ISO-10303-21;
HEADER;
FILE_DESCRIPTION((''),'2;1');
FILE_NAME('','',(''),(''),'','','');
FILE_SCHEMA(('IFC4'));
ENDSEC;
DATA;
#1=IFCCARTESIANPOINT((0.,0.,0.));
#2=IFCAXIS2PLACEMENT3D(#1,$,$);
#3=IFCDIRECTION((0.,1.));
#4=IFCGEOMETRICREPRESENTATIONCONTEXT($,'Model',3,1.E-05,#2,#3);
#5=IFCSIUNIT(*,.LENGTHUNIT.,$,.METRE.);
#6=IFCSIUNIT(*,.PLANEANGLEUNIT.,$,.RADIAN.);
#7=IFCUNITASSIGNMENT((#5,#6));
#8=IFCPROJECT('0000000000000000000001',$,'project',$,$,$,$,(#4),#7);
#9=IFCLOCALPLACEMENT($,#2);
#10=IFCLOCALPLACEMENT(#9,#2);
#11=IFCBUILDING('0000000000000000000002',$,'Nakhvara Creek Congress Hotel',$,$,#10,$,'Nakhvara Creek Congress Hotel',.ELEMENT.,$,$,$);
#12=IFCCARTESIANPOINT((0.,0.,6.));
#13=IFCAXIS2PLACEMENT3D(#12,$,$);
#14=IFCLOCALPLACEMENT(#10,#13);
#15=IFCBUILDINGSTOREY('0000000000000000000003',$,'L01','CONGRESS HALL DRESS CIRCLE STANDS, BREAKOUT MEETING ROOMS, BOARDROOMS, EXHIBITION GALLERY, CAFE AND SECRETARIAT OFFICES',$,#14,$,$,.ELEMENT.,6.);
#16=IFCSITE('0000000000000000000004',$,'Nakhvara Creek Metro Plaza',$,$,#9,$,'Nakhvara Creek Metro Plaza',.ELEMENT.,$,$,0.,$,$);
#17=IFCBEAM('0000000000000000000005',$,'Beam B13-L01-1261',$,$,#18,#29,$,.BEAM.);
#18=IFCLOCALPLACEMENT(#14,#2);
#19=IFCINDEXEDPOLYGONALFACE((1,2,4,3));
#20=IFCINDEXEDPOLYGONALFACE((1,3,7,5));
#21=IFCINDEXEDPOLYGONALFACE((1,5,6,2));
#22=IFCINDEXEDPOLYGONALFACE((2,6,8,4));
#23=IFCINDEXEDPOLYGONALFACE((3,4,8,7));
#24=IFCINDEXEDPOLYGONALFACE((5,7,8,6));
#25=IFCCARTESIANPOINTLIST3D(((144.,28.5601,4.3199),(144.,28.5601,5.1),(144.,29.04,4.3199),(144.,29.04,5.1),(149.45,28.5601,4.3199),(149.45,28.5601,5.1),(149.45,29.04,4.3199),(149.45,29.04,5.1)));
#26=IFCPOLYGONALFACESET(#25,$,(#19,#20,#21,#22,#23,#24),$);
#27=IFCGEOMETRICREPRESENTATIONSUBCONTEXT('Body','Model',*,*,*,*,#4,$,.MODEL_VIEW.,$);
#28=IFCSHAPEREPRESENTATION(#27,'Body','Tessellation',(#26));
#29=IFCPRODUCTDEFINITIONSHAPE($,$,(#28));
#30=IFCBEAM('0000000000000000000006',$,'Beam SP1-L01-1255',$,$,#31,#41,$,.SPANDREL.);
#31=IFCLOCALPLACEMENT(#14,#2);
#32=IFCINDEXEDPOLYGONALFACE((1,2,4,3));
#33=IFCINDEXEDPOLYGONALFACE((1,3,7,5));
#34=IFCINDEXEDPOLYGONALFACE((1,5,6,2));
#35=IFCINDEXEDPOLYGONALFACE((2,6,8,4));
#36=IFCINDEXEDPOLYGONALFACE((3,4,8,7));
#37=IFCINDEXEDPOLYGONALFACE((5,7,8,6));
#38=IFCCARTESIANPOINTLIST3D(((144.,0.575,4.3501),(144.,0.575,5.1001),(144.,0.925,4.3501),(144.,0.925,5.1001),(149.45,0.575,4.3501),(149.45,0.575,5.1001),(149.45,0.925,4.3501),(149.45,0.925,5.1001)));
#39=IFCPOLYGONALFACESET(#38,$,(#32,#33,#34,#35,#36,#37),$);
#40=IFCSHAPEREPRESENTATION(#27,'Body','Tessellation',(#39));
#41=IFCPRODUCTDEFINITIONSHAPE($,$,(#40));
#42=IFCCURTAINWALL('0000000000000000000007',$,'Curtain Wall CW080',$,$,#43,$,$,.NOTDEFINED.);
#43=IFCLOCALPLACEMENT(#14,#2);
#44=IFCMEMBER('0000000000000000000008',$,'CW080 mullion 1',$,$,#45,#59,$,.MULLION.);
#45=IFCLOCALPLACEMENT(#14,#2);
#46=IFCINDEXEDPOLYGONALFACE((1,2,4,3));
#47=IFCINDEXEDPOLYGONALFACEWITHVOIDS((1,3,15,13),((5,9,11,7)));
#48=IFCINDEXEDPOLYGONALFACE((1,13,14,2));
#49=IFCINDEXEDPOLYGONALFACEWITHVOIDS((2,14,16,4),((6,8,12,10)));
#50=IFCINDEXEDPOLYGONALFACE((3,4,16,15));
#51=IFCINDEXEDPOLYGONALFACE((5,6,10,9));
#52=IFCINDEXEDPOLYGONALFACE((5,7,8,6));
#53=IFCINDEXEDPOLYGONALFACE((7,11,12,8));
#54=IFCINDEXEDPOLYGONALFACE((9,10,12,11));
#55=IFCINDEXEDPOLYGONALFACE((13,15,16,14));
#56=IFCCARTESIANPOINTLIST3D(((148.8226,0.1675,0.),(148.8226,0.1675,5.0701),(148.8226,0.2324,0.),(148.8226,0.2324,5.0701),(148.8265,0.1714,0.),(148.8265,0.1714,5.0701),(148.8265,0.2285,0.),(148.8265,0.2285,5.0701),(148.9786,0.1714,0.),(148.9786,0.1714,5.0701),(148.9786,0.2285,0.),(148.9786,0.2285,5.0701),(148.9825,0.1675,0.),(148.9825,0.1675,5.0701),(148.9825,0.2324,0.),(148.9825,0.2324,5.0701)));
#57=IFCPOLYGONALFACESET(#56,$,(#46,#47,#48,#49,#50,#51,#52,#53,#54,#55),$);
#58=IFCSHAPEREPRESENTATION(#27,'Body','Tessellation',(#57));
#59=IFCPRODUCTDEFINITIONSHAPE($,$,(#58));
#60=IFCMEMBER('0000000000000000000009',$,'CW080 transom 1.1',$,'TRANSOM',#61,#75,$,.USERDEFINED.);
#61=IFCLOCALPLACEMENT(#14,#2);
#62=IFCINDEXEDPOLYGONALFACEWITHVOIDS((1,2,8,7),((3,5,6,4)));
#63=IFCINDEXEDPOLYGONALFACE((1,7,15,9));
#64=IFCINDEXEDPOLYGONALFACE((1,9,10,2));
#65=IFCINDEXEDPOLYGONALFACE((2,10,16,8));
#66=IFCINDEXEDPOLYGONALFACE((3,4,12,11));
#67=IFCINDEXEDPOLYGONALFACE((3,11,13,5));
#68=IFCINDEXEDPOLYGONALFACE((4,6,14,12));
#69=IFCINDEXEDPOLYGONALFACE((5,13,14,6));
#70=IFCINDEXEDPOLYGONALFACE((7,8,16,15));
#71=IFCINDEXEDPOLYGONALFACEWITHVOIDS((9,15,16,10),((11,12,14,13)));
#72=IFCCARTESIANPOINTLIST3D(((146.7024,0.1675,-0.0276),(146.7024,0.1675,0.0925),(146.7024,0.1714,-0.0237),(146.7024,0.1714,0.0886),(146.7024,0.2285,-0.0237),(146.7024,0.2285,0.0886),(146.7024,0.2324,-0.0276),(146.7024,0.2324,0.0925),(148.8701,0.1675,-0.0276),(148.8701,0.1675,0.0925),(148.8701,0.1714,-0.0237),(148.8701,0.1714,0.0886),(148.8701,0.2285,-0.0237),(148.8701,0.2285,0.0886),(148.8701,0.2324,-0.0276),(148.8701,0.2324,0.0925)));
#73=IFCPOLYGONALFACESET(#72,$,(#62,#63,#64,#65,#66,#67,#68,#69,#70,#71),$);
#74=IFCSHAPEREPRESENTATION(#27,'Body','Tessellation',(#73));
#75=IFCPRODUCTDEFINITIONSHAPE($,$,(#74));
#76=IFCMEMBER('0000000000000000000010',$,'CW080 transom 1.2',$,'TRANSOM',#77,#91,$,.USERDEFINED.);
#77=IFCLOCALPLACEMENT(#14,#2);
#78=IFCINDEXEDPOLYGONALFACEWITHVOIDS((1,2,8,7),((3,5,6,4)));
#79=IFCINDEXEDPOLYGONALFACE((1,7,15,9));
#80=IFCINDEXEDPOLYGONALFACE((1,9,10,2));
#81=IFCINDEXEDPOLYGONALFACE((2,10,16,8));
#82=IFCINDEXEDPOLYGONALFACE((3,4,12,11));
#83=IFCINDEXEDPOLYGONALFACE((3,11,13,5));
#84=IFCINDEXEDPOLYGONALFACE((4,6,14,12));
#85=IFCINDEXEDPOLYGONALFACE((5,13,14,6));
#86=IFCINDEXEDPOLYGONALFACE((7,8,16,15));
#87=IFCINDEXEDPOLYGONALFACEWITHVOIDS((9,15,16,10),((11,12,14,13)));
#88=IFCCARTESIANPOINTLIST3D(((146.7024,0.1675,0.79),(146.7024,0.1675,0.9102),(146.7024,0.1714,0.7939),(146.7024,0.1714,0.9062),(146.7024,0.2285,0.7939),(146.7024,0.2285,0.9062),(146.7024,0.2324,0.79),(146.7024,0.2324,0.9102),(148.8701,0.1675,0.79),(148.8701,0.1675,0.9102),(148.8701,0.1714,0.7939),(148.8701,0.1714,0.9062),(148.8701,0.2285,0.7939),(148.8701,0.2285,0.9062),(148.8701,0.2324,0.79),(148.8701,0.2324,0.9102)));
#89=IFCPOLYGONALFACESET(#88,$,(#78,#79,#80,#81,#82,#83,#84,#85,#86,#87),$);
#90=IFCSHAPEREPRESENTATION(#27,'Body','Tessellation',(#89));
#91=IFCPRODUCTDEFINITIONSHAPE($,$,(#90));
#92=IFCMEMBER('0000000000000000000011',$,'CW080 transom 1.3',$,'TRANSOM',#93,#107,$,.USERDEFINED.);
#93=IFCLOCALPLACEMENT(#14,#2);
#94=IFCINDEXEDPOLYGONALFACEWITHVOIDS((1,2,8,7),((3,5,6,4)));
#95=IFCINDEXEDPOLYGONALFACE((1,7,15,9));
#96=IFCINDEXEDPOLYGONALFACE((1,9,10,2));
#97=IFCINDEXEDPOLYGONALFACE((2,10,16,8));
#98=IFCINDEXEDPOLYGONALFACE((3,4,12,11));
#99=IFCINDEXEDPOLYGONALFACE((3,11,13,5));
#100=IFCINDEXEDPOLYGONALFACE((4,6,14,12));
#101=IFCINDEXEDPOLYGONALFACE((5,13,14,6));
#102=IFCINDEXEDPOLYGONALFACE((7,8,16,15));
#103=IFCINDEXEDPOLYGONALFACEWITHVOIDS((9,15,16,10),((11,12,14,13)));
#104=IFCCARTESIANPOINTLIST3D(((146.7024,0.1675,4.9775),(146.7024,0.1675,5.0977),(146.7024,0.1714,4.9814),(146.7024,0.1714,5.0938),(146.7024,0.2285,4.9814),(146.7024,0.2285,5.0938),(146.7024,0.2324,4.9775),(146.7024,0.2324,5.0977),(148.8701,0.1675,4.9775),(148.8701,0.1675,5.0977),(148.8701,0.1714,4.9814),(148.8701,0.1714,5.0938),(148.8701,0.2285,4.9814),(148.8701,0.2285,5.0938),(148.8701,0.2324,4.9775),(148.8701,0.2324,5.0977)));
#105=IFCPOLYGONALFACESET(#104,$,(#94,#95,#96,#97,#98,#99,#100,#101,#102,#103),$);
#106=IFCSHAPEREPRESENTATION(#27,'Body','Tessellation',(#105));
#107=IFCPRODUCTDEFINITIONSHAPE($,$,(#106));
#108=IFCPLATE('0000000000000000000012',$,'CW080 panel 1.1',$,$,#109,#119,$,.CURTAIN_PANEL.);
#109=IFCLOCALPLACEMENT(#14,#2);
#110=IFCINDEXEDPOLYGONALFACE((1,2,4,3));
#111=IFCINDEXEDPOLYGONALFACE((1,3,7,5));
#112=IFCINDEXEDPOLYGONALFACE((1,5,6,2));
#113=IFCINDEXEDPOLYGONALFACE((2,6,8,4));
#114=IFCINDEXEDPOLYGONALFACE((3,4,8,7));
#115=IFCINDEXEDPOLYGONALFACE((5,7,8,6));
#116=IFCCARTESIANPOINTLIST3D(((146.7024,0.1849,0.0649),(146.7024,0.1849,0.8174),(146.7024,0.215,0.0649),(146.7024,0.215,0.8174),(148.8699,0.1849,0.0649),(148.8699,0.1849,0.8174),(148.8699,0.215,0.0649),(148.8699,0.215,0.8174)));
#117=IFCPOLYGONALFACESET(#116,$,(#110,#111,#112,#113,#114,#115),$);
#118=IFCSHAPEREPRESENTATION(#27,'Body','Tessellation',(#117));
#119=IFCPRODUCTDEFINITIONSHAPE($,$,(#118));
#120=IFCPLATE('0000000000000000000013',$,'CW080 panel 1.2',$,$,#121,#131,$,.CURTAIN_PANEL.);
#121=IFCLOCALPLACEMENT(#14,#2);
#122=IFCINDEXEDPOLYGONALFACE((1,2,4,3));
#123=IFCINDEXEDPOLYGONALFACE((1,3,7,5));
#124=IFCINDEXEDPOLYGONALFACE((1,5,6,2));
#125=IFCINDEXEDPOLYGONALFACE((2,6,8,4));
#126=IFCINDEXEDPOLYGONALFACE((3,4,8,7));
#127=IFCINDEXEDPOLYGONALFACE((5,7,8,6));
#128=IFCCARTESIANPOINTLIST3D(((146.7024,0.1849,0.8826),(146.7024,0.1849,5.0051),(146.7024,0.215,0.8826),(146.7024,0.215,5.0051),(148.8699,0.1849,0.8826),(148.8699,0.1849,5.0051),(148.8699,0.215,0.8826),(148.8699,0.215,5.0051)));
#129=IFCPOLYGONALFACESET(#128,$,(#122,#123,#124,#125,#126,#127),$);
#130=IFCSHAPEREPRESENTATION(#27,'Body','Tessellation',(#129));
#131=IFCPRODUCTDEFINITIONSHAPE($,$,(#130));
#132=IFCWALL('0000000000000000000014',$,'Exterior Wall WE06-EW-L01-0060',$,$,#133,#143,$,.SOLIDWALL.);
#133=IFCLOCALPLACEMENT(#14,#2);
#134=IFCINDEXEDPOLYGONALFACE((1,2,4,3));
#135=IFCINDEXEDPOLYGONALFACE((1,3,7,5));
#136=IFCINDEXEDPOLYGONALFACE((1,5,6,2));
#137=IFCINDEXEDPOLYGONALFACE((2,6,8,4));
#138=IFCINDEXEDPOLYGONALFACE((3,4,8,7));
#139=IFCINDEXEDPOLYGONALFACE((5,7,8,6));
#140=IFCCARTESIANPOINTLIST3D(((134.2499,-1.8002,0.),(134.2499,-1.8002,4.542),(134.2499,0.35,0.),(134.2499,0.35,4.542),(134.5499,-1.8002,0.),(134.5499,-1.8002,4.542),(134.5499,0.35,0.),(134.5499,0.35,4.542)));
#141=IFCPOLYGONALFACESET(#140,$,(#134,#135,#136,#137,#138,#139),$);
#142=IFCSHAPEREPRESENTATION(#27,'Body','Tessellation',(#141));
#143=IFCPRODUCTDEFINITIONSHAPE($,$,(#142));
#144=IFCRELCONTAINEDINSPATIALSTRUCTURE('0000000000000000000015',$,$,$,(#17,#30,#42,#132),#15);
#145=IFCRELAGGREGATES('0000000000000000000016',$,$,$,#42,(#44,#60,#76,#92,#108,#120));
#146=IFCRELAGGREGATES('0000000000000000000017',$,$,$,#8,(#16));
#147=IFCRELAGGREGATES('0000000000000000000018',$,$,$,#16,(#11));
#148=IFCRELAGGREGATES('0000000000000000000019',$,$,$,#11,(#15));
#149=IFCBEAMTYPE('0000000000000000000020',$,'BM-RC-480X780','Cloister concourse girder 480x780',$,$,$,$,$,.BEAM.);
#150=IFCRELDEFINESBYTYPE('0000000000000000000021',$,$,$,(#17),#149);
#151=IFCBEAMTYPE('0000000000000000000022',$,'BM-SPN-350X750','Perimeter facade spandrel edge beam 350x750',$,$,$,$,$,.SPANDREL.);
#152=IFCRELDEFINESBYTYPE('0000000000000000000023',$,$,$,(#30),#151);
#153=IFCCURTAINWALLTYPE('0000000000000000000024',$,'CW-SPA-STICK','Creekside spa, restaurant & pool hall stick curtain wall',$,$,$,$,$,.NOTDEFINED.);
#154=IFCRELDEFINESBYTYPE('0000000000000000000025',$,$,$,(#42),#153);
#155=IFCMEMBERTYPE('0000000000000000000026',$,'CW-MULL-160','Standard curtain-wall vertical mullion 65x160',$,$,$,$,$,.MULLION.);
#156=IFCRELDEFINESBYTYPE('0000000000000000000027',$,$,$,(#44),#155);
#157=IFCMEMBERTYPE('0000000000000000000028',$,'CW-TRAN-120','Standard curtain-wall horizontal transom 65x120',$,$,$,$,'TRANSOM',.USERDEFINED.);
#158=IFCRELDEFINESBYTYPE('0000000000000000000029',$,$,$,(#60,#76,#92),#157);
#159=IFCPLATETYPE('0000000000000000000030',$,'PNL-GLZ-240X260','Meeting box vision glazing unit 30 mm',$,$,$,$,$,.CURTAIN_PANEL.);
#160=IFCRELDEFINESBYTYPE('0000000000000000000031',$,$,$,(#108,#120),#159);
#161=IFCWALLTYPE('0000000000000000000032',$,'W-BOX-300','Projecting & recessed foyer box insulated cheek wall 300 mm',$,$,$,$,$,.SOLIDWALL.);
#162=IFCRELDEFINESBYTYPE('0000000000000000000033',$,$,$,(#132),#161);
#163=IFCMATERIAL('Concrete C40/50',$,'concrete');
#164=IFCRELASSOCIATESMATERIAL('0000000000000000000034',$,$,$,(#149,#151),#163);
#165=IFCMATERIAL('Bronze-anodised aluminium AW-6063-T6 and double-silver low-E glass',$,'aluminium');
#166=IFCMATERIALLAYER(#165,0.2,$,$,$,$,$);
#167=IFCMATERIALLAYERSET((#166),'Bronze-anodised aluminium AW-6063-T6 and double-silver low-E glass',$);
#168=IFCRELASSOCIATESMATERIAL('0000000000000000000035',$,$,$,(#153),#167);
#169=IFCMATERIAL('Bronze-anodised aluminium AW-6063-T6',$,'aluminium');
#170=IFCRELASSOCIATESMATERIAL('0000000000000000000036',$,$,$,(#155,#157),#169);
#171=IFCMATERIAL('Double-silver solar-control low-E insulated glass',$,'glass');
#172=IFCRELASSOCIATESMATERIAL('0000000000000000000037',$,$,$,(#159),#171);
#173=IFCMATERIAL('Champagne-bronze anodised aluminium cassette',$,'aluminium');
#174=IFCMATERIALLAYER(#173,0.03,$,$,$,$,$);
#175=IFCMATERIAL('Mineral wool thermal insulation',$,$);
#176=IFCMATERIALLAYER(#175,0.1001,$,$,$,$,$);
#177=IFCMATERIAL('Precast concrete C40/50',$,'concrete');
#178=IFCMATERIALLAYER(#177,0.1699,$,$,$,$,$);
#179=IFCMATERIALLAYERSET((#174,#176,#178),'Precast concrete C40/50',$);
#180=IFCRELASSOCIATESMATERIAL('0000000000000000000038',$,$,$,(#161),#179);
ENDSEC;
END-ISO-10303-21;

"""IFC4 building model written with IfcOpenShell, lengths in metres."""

from ifc_helpers import new_model, si_unit, direction, frame, frame_2d, origin, origin_2d, place, context, subcontext, project, spatial, rectangle, hollow_rectangle, extrude, material, layer, layer_set, material_profile, profile_set, type_object, element, aggregate, save


model = new_model("IFC4")

# Units and contexts
model_context = context("Model", 3, precision=1e-05, world=origin(), true_north=direction((0.0, 1.0)))
body_context = subcontext(model_context, "Body", "Model", "MODEL_VIEW")
ifc_project = project(units=[si_unit("LENGTHUNIT", "METRE"), si_unit("PLANEANGLEUNIT", "RADIAN")], contexts=[model_context])

# Site, building, storey
site_placement = place(None, origin())
site = spatial("IfcSite", under=ifc_project, at=site_placement, Name="Nakhvara Creek Metro Plaza", LongName="Nakhvara Creek Metro Plaza", CompositionType="ELEMENT", RefElevation=0.0)
building_placement = place(site_placement, origin())
building = spatial("IfcBuilding", under=site, at=building_placement, Name="Nakhvara Creek Congress Hotel", LongName="Nakhvara Creek Congress Hotel", CompositionType="ELEMENT")
storey_placement = place(building_placement, frame((0.0, 0.0, 6.0)))
storey = spatial("IfcBuildingStorey", under=building, at=storey_placement, Name="L01", Description="CONGRESS HALL DRESS CIRCLE STANDS, BREAKOUT MEETING ROOMS, BOARDROOMS, EXHIBITION GALLERY, CAFE AND SECRETARIAT OFFICES", CompositionType="ELEMENT", Elevation=6.0)

# Beams
ifc_material_1 = material(Name="Concrete C40/50", Category="concrete")
ifc_material_profile_1 = material_profile(ifc_material_1, rectangle(XDim=0.48, YDim=0.78, at=origin_2d()), Name="RC-BM 480x780", Category="LoadBearing")
ifc_profile_set_1 = profile_set([ifc_material_profile_1], Name="Concrete C40/50")
beam_type_1 = type_object("IfcBeamType", Name="BM-RC-480X780", Description="Cloister concourse girder 480x780", PredefinedType="BEAM", material=ifc_profile_set_1)
beam_1_placement = place(storey_placement, frame((144.0, 28.8, 4.71), z_axis=(1.0, 0.0, 0.0), x_axis=(0.0, 1.0, 0.0)))
element("IfcBeam", 1, at=beam_1_placement, inside=storey, type_object=beam_type_1, Name="Beam B13-L01-1261", PredefinedType="BEAM", context=body_context, shape_type="SweptSolid", body=[
    extrude(rectangle(XDim=0.48, YDim=0.78, at=origin_2d()), origin(), (0.0, 0.0, 1.0), 5.45),
])
ifc_material_profile_2 = material_profile(ifc_material_1, rectangle(XDim=0.3501, YDim=0.75, at=origin_2d()), Name="RC-SPANDREL 350x750", Category="LoadBearing")
ifc_profile_set_2 = profile_set([ifc_material_profile_2], Name="Concrete C40/50")
beam_type_2 = type_object("IfcBeamType", Name="BM-SPN-350X750", Description="Perimeter facade spandrel edge beam 350x750", PredefinedType="SPANDREL", material=ifc_profile_set_2)
beam_2_placement = place(storey_placement, frame((144.0, 0.75, 4.7251), z_axis=(1.0, 0.0, 0.0), x_axis=(0.0, 1.0, 0.0)))
element("IfcBeam", 2, at=beam_2_placement, inside=storey, type_object=beam_type_2, Name="Beam SP1-L01-1255", PredefinedType="SPANDREL", context=body_context, shape_type="SweptSolid", body=[
    extrude(rectangle(XDim=0.3501, YDim=0.75, at=origin_2d()), origin(), (0.0, 0.0, 1.0), 5.45),
])

# Curtain wall, members, plates
ifc_material_2 = material(Name="Bronze-anodised aluminium AW-6063-T6 and double-silver low-E glass", Category="aluminium")
ifc_layer_1 = layer(ifc_material_2, 0.2)
ifc_layer_set_1 = layer_set([ifc_layer_1], Name="Bronze-anodised aluminium AW-6063-T6 and double-silver low-E glass")
curtain_wall_type = type_object("IfcCurtainWallType", Name="CW-SPA-STICK", Description="Creekside spa, restaurant & pool hall stick curtain wall", PredefinedType="NOTDEFINED", material=ifc_layer_set_1)
curtain_wall_placement = place(storey_placement, origin())
curtain_wall = element("IfcCurtainWall", 3, at=curtain_wall_placement, inside=storey, type_object=curtain_wall_type, Name="Curtain Wall CW080", PredefinedType="NOTDEFINED")
ifc_material_3 = material(Name="Bronze-anodised aluminium AW-6063-T6", Category="aluminium")
ifc_material_profile_3 = material_profile(ifc_material_3, hollow_rectangle(XDim=0.0649, YDim=0.1599, WallThickness=0.0039, at=origin_2d()), Name="ALU-MULL 65x160x4", Category="LoadBearing")
ifc_profile_set_3 = profile_set([ifc_material_profile_3], Name="Bronze-anodised aluminium AW-6063-T6")
member_type_1 = type_object("IfcMemberType", Name="CW-MULL-160", Description="Standard curtain-wall vertical mullion 65x160", PredefinedType="MULLION", material=ifc_profile_set_3)
member_1_placement = place(storey_placement, frame((148.9026, 0.2, 0.0), z_axis=(0.0, 0.0, 1.0), x_axis=(0.0, -1.0, 0.0)))
member_1 = element("IfcMember", 4, at=member_1_placement, type_object=member_type_1, Name="CW080 mullion 1", PredefinedType="MULLION", context=body_context, shape_type="SweptSolid", body=[
    extrude(hollow_rectangle(XDim=0.0649, YDim=0.1599, WallThickness=0.0039, at=origin_2d()), origin(), (0.0, 0.0, 1.0), 5.0701),
])
ifc_material_profile_4 = material_profile(ifc_material_3, hollow_rectangle(XDim=0.0649, YDim=0.1201, WallThickness=0.0039, at=origin_2d()), Name="ALU-TRAN 65x120x4", Category="LoadBearing")
ifc_profile_set_4 = profile_set([ifc_material_profile_4], Name="Bronze-anodised aluminium AW-6063-T6")
member_type_2 = type_object("IfcMemberType", Name="CW-TRAN-120", Description="Standard curtain-wall horizontal transom 65x120", ElementType="TRANSOM", PredefinedType="USERDEFINED", material=ifc_profile_set_4)
member_2_placement = place(storey_placement, frame((148.8701, 0.2, 0.0325), z_axis=(-1.0, 0.0, 0.0), x_axis=(0.0, -1.0, 0.0)))
member_2 = element("IfcMember", 5, at=member_2_placement, type_object=member_type_2, Name="CW080 transom 1.1", ObjectType="TRANSOM", PredefinedType="USERDEFINED", context=body_context, shape_type="SweptSolid", body=[
    extrude(hollow_rectangle(XDim=0.0649, YDim=0.1201, WallThickness=0.0039, at=origin_2d()), origin(), (0.0, 0.0, 1.0), 2.1677),
])
member_3_placement = place(storey_placement, frame((148.8701, 0.2, 0.8501), z_axis=(-1.0, 0.0, 0.0), x_axis=(0.0, -1.0, 0.0)))
member_3 = element("IfcMember", 6, at=member_3_placement, type_object=member_type_2, Name="CW080 transom 1.2", ObjectType="TRANSOM", PredefinedType="USERDEFINED", context=body_context, shape_type="SweptSolid", body=[
    extrude(hollow_rectangle(XDim=0.0649, YDim=0.1201, WallThickness=0.0039, at=origin_2d()), origin(), (0.0, 0.0, 1.0), 2.1677),
])
member_4_placement = place(storey_placement, frame((148.8701, 0.2, 5.0376), z_axis=(-1.0, 0.0, 0.0), x_axis=(0.0, -1.0, 0.0)))
member_4 = element("IfcMember", 7, at=member_4_placement, type_object=member_type_2, Name="CW080 transom 1.3", ObjectType="TRANSOM", PredefinedType="USERDEFINED", context=body_context, shape_type="SweptSolid", body=[
    extrude(hollow_rectangle(XDim=0.0649, YDim=0.1201, WallThickness=0.0039, at=origin_2d()), origin(), (0.0, 0.0, 1.0), 2.1677),
])
ifc_material_4 = material(Name="Double-silver solar-control low-E insulated glass", Category="glass")
plate_type = type_object("IfcPlateType", Name="PNL-GLZ-240X260", Description="Meeting box vision glazing unit 30 mm", PredefinedType="CURTAIN_PANEL", material=ifc_material_4)
plate_1_placement = place(storey_placement, frame((147.7861, 0.2, 0.0649), z_axis=(0.0, 0.0, 1.0), x_axis=(-1.0, 0.0, 0.0)))
plate_1 = element("IfcPlate", 8, at=plate_1_placement, type_object=plate_type, Name="CW080 panel 1.1", PredefinedType="CURTAIN_PANEL", context=body_context, shape_type="SweptSolid", body=[
    extrude(rectangle(XDim=2.1675, YDim=0.03, at=origin_2d()), origin(), (0.0, 0.0, 1.0), 0.7524),
])
plate_2_placement = place(storey_placement, frame((147.7861, 0.2, 0.8826), z_axis=(0.0, 0.0, 1.0), x_axis=(-1.0, 0.0, 0.0)))
plate_2 = element("IfcPlate", 9, at=plate_2_placement, type_object=plate_type, Name="CW080 panel 1.2", PredefinedType="CURTAIN_PANEL", context=body_context, shape_type="SweptSolid", body=[
    extrude(rectangle(XDim=2.1675, YDim=0.03, at=origin_2d()), origin(), (0.0, 0.0, 1.0), 4.1226),
])
aggregate(curtain_wall, [member_1, member_2, member_3, member_4, plate_1, plate_2])

# Wall
ifc_material_5 = material(Name="Champagne-bronze anodised aluminium cassette", Category="aluminium")
ifc_layer_2 = layer(ifc_material_5, 0.03)
ifc_material_6 = material(Name="Mineral wool thermal insulation")
ifc_layer_3 = layer(ifc_material_6, 0.1001)
ifc_material_7 = material(Name="Precast concrete C40/50", Category="concrete")
ifc_layer_4 = layer(ifc_material_7, 0.1699)
ifc_layer_set_2 = layer_set([ifc_layer_2, ifc_layer_3, ifc_layer_4], Name="Precast concrete C40/50")
wall_type = type_object("IfcWallType", Name="W-BOX-300", Description="Projecting & recessed foyer box insulated cheek wall 300 mm", PredefinedType="SOLIDWALL", material=ifc_layer_set_2)
wall_placement = place(storey_placement, frame((134.3999, 0.3501, 0.0), z_axis=(0.0, 0.0, 1.0), x_axis=(0.0, -1.0, 0.0)))
element("IfcWall", 10, at=wall_placement, inside=storey, type_object=wall_type, Name="Exterior Wall WE06-EW-L01-0060", PredefinedType="SOLIDWALL", context=body_context, shape_type="SweptSolid", body=[
    extrude(rectangle(XDim=2.1501, YDim=0.3, at=frame_2d((1.0752, 0.0))), origin(), (0.0, 0.0, 1.0), 4.542),
])

save(model, "model.ifc")
